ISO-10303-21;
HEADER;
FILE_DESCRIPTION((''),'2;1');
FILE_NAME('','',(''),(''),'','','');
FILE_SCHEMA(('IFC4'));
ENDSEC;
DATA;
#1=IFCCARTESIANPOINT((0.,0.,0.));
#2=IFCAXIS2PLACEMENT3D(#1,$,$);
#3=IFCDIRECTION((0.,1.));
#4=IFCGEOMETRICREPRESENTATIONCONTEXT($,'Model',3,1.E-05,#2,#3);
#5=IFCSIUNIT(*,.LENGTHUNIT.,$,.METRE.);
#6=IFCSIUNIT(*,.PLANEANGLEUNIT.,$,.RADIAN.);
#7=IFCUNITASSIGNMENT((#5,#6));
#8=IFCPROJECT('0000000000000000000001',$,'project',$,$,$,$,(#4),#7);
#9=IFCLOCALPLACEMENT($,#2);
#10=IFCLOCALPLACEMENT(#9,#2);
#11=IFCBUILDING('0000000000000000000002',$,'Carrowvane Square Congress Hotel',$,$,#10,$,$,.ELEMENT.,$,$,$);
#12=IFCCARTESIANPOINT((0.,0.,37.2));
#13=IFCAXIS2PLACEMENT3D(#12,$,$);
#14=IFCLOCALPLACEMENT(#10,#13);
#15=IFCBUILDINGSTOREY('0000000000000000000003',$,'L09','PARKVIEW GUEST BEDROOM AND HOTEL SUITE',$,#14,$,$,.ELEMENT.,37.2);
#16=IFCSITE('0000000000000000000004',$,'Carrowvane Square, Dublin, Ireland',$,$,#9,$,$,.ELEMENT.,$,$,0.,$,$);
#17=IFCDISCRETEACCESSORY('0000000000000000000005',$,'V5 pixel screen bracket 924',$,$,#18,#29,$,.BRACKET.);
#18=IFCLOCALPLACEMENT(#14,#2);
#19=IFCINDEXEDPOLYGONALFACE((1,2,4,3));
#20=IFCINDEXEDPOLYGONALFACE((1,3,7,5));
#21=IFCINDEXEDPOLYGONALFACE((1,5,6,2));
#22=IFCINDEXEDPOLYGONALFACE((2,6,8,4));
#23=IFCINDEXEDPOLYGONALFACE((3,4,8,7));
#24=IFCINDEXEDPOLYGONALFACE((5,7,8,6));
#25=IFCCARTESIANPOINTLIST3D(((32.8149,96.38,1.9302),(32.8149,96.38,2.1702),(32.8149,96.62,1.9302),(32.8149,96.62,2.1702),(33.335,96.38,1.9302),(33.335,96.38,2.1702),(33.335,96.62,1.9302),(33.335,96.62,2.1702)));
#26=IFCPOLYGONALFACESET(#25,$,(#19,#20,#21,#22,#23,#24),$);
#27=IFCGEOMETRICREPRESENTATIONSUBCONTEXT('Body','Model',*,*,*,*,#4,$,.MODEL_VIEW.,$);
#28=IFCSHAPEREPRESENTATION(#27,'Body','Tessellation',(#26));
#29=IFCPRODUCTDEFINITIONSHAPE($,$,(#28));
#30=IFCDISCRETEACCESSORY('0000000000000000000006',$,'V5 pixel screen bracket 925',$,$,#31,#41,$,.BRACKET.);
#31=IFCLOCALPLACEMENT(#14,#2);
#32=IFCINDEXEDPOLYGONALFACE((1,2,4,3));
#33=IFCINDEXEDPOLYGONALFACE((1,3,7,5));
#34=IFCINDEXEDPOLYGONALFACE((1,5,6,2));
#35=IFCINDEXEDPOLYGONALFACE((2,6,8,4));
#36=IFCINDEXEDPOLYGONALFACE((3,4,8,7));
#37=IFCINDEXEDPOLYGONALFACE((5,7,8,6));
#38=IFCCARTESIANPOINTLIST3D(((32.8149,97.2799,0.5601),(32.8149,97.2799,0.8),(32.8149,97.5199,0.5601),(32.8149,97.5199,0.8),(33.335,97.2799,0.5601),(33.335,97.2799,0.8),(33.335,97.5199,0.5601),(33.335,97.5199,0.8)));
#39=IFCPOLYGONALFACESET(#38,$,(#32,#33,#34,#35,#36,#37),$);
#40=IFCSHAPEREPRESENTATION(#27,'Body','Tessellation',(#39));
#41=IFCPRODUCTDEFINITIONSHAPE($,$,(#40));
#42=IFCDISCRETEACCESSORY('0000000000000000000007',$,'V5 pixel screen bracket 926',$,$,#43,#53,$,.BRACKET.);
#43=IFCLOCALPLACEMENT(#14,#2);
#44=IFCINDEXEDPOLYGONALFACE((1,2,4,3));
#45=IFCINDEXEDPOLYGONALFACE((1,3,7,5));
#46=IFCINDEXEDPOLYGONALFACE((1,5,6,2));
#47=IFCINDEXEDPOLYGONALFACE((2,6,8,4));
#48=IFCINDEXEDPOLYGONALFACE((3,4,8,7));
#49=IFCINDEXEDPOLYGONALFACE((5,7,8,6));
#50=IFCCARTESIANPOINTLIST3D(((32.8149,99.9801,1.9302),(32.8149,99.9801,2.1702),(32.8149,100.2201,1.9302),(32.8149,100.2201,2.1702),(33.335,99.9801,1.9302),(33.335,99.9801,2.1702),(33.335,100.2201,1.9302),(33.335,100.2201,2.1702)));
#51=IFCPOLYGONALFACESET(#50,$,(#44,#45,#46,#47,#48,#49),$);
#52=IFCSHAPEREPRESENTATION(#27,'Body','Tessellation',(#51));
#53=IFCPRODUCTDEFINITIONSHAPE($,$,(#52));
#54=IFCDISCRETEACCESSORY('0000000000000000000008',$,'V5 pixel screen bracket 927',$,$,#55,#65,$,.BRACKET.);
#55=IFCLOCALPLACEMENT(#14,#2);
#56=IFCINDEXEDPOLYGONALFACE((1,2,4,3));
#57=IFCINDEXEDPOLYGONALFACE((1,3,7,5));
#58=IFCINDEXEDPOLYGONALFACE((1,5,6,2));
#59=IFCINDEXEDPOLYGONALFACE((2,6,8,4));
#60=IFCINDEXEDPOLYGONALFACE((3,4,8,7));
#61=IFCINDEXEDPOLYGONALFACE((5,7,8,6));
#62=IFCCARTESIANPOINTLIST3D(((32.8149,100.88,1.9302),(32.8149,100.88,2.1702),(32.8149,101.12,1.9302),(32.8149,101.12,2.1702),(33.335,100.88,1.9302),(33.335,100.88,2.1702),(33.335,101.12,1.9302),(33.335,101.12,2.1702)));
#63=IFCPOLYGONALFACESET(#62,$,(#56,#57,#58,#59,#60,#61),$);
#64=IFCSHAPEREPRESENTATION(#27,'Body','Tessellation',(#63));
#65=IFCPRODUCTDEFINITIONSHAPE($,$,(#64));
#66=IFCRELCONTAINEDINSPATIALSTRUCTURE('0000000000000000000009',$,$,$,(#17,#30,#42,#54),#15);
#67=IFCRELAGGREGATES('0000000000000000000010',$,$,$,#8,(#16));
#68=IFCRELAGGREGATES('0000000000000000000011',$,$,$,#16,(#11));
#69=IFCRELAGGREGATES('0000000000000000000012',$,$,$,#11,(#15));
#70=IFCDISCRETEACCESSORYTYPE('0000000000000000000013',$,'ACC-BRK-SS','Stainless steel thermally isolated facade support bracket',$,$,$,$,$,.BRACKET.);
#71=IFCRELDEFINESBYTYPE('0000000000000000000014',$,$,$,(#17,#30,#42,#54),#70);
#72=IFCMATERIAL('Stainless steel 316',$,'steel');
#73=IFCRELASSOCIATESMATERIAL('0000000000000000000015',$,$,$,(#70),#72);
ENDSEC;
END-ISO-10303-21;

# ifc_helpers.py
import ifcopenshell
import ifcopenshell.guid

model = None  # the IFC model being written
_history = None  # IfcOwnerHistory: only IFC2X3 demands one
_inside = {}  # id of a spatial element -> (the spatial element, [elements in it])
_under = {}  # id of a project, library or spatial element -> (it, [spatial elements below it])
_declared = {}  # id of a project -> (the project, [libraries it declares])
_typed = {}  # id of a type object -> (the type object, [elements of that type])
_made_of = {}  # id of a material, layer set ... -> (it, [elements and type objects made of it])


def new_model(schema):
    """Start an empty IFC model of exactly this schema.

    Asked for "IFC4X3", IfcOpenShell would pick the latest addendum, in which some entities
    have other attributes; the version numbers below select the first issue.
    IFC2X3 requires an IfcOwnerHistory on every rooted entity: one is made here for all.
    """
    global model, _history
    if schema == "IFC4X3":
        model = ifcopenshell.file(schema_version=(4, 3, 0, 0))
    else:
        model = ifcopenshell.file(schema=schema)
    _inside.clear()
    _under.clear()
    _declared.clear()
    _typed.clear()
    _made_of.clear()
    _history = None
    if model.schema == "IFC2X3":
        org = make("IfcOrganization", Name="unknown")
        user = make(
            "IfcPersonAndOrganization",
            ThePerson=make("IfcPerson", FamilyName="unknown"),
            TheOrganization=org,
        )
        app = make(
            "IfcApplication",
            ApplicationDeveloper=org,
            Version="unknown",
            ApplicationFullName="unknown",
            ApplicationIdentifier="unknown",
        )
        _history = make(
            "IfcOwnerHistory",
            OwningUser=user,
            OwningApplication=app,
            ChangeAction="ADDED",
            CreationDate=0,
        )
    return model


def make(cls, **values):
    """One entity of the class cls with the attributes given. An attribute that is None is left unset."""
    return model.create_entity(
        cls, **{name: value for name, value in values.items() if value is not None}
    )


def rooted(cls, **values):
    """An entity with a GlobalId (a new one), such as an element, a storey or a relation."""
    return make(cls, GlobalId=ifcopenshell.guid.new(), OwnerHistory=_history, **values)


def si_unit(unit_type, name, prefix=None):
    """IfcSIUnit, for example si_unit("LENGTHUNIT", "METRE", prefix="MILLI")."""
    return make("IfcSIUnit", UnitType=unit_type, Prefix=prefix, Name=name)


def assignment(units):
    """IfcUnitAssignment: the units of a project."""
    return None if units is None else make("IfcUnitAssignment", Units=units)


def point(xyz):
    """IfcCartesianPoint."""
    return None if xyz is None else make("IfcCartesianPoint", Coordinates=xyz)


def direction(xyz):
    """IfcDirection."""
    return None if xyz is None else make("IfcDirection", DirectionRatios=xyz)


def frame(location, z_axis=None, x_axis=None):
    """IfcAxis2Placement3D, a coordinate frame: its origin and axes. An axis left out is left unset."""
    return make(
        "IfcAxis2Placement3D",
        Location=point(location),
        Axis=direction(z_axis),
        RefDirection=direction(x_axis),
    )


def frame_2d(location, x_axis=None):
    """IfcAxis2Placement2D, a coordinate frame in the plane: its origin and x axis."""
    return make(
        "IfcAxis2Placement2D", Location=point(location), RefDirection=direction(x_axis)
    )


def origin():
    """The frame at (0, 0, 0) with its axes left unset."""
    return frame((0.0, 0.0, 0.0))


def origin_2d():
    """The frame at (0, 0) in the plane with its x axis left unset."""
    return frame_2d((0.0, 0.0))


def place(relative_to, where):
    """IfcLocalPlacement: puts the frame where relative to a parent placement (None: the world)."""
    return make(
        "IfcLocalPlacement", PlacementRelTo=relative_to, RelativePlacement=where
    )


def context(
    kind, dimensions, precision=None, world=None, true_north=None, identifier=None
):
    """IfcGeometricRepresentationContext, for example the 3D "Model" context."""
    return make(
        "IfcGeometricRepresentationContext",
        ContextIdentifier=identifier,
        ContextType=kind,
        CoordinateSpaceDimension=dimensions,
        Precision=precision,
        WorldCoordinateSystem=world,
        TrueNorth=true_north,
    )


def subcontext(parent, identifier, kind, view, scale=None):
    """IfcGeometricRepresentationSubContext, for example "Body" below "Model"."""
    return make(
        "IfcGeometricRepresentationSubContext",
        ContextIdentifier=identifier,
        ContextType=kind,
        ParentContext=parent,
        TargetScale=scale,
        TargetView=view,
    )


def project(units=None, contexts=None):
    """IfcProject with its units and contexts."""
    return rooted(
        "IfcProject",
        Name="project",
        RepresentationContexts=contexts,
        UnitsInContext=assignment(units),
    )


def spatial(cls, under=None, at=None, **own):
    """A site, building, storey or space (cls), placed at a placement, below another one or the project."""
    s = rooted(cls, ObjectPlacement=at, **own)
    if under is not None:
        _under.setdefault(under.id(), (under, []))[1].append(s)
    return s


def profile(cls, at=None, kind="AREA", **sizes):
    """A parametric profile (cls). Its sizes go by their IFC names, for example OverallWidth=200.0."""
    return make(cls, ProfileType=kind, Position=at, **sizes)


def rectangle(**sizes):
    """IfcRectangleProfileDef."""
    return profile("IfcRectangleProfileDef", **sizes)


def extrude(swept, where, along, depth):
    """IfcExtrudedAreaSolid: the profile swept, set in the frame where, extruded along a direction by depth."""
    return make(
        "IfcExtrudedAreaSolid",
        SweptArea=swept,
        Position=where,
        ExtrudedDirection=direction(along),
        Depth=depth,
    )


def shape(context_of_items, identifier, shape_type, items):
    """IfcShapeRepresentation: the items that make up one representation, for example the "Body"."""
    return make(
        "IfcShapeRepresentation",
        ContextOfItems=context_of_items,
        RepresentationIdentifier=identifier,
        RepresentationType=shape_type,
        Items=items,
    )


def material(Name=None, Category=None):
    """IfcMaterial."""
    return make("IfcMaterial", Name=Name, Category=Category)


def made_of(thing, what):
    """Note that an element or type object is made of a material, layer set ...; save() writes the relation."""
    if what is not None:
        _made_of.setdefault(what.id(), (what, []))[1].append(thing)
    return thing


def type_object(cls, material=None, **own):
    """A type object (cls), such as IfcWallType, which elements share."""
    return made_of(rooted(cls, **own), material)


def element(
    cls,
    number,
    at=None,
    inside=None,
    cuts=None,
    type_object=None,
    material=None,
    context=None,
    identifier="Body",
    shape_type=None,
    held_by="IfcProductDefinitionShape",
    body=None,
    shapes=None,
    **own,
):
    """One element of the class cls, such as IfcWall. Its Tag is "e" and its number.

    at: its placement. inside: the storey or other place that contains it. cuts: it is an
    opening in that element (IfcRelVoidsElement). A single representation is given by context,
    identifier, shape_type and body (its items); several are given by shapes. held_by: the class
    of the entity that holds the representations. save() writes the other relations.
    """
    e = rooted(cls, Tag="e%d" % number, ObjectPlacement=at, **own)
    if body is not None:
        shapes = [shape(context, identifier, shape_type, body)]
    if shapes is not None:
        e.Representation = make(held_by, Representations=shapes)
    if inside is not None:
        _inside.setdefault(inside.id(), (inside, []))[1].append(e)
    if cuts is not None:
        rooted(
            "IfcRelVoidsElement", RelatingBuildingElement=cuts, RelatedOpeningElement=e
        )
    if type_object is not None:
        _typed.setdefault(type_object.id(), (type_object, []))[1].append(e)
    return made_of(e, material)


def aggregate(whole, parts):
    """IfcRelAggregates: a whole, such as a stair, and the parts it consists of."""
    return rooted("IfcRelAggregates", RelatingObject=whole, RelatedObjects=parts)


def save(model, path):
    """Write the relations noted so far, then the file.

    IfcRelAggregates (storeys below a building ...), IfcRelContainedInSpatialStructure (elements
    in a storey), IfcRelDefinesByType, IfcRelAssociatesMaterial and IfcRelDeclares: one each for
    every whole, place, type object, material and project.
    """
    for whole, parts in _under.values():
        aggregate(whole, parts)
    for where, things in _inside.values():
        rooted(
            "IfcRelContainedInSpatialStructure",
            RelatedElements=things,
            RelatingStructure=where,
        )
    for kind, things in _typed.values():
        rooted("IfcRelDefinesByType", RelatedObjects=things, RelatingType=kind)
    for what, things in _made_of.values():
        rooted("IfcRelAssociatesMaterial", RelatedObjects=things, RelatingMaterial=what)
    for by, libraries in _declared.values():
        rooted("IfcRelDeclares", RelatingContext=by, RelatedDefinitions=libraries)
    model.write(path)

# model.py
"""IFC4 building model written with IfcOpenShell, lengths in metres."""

from ifc_helpers import new_model, si_unit, direction, frame, origin, origin_2d, place, context, subcontext, project, spatial, rectangle, extrude, material, type_object, element, save


model = new_model("IFC4")

# Units and contexts
model_context = context("Model", 3, precision=1e-05, world=origin(), true_north=direction((0.0, 1.0)))
body_context = subcontext(model_context, "Body", "Model", "MODEL_VIEW")
ifc_project = project(units=[si_unit("LENGTHUNIT", "METRE"), si_unit("PLANEANGLEUNIT", "RADIAN")], contexts=[model_context])

# Site, building, storey
site_placement = place(None, origin())
site = spatial("IfcSite", under=ifc_project, at=site_placement, Name="Carrowvane Square, Dublin, Ireland", CompositionType="ELEMENT", RefElevation=0.0)
building_placement = place(site_placement, origin())
building = spatial("IfcBuilding", under=site, at=building_placement, Name="Carrowvane Square Congress Hotel", CompositionType="ELEMENT")
storey_placement = place(building_placement, frame((0.0, 0.0, 37.2)))
storey = spatial("IfcBuildingStorey", under=building, at=storey_placement, Name="L09", Description="PARKVIEW GUEST BEDROOM AND HOTEL SUITE", CompositionType="ELEMENT", Elevation=37.2)

# Discrete accessories
ifc_material_1 = material(Name="Stainless steel 316", Category="steel")
discrete_accessory_type = type_object("IfcDiscreteAccessoryType", Name="ACC-BRK-SS", Description="Stainless steel thermally isolated facade support bracket", PredefinedType="BRACKET", material=ifc_material_1)
for number, where, z_axis, x_axis, name in (
    (1, (33.075, 96.5, 1.9302), (0.0, 0.0, 1.0), (0.0, 1.0, 0.0), "V5 pixel screen bracket 924"),
    (2, (33.075, 97.3999, 0.5601), (0.0, 0.0, 1.0), (0.0, 1.0, 0.0), "V5 pixel screen bracket 925"),
    (3, (33.075, 100.1001, 1.9302), (0.0, 0.0, 1.0), (0.0, 1.0, 0.0), "V5 pixel screen bracket 926"),
    (4, (33.075, 101.0, 1.9302), (0.0, 0.0, 1.0), (0.0, 1.0, 0.0), "V5 pixel screen bracket 927"),
):
    element("IfcDiscreteAccessory", number, at=place(storey_placement, frame(where, z_axis=z_axis, x_axis=x_axis)), inside=storey, type_object=discrete_accessory_type, Name=name, PredefinedType="BRACKET", context=body_context, shape_type="SweptSolid", body=[
        extrude(rectangle(XDim=0.24, YDim=0.52, at=origin_2d()), origin(), (0.0, 0.0, 1.0), 0.24),
    ])

save(model, "model.ifc")
